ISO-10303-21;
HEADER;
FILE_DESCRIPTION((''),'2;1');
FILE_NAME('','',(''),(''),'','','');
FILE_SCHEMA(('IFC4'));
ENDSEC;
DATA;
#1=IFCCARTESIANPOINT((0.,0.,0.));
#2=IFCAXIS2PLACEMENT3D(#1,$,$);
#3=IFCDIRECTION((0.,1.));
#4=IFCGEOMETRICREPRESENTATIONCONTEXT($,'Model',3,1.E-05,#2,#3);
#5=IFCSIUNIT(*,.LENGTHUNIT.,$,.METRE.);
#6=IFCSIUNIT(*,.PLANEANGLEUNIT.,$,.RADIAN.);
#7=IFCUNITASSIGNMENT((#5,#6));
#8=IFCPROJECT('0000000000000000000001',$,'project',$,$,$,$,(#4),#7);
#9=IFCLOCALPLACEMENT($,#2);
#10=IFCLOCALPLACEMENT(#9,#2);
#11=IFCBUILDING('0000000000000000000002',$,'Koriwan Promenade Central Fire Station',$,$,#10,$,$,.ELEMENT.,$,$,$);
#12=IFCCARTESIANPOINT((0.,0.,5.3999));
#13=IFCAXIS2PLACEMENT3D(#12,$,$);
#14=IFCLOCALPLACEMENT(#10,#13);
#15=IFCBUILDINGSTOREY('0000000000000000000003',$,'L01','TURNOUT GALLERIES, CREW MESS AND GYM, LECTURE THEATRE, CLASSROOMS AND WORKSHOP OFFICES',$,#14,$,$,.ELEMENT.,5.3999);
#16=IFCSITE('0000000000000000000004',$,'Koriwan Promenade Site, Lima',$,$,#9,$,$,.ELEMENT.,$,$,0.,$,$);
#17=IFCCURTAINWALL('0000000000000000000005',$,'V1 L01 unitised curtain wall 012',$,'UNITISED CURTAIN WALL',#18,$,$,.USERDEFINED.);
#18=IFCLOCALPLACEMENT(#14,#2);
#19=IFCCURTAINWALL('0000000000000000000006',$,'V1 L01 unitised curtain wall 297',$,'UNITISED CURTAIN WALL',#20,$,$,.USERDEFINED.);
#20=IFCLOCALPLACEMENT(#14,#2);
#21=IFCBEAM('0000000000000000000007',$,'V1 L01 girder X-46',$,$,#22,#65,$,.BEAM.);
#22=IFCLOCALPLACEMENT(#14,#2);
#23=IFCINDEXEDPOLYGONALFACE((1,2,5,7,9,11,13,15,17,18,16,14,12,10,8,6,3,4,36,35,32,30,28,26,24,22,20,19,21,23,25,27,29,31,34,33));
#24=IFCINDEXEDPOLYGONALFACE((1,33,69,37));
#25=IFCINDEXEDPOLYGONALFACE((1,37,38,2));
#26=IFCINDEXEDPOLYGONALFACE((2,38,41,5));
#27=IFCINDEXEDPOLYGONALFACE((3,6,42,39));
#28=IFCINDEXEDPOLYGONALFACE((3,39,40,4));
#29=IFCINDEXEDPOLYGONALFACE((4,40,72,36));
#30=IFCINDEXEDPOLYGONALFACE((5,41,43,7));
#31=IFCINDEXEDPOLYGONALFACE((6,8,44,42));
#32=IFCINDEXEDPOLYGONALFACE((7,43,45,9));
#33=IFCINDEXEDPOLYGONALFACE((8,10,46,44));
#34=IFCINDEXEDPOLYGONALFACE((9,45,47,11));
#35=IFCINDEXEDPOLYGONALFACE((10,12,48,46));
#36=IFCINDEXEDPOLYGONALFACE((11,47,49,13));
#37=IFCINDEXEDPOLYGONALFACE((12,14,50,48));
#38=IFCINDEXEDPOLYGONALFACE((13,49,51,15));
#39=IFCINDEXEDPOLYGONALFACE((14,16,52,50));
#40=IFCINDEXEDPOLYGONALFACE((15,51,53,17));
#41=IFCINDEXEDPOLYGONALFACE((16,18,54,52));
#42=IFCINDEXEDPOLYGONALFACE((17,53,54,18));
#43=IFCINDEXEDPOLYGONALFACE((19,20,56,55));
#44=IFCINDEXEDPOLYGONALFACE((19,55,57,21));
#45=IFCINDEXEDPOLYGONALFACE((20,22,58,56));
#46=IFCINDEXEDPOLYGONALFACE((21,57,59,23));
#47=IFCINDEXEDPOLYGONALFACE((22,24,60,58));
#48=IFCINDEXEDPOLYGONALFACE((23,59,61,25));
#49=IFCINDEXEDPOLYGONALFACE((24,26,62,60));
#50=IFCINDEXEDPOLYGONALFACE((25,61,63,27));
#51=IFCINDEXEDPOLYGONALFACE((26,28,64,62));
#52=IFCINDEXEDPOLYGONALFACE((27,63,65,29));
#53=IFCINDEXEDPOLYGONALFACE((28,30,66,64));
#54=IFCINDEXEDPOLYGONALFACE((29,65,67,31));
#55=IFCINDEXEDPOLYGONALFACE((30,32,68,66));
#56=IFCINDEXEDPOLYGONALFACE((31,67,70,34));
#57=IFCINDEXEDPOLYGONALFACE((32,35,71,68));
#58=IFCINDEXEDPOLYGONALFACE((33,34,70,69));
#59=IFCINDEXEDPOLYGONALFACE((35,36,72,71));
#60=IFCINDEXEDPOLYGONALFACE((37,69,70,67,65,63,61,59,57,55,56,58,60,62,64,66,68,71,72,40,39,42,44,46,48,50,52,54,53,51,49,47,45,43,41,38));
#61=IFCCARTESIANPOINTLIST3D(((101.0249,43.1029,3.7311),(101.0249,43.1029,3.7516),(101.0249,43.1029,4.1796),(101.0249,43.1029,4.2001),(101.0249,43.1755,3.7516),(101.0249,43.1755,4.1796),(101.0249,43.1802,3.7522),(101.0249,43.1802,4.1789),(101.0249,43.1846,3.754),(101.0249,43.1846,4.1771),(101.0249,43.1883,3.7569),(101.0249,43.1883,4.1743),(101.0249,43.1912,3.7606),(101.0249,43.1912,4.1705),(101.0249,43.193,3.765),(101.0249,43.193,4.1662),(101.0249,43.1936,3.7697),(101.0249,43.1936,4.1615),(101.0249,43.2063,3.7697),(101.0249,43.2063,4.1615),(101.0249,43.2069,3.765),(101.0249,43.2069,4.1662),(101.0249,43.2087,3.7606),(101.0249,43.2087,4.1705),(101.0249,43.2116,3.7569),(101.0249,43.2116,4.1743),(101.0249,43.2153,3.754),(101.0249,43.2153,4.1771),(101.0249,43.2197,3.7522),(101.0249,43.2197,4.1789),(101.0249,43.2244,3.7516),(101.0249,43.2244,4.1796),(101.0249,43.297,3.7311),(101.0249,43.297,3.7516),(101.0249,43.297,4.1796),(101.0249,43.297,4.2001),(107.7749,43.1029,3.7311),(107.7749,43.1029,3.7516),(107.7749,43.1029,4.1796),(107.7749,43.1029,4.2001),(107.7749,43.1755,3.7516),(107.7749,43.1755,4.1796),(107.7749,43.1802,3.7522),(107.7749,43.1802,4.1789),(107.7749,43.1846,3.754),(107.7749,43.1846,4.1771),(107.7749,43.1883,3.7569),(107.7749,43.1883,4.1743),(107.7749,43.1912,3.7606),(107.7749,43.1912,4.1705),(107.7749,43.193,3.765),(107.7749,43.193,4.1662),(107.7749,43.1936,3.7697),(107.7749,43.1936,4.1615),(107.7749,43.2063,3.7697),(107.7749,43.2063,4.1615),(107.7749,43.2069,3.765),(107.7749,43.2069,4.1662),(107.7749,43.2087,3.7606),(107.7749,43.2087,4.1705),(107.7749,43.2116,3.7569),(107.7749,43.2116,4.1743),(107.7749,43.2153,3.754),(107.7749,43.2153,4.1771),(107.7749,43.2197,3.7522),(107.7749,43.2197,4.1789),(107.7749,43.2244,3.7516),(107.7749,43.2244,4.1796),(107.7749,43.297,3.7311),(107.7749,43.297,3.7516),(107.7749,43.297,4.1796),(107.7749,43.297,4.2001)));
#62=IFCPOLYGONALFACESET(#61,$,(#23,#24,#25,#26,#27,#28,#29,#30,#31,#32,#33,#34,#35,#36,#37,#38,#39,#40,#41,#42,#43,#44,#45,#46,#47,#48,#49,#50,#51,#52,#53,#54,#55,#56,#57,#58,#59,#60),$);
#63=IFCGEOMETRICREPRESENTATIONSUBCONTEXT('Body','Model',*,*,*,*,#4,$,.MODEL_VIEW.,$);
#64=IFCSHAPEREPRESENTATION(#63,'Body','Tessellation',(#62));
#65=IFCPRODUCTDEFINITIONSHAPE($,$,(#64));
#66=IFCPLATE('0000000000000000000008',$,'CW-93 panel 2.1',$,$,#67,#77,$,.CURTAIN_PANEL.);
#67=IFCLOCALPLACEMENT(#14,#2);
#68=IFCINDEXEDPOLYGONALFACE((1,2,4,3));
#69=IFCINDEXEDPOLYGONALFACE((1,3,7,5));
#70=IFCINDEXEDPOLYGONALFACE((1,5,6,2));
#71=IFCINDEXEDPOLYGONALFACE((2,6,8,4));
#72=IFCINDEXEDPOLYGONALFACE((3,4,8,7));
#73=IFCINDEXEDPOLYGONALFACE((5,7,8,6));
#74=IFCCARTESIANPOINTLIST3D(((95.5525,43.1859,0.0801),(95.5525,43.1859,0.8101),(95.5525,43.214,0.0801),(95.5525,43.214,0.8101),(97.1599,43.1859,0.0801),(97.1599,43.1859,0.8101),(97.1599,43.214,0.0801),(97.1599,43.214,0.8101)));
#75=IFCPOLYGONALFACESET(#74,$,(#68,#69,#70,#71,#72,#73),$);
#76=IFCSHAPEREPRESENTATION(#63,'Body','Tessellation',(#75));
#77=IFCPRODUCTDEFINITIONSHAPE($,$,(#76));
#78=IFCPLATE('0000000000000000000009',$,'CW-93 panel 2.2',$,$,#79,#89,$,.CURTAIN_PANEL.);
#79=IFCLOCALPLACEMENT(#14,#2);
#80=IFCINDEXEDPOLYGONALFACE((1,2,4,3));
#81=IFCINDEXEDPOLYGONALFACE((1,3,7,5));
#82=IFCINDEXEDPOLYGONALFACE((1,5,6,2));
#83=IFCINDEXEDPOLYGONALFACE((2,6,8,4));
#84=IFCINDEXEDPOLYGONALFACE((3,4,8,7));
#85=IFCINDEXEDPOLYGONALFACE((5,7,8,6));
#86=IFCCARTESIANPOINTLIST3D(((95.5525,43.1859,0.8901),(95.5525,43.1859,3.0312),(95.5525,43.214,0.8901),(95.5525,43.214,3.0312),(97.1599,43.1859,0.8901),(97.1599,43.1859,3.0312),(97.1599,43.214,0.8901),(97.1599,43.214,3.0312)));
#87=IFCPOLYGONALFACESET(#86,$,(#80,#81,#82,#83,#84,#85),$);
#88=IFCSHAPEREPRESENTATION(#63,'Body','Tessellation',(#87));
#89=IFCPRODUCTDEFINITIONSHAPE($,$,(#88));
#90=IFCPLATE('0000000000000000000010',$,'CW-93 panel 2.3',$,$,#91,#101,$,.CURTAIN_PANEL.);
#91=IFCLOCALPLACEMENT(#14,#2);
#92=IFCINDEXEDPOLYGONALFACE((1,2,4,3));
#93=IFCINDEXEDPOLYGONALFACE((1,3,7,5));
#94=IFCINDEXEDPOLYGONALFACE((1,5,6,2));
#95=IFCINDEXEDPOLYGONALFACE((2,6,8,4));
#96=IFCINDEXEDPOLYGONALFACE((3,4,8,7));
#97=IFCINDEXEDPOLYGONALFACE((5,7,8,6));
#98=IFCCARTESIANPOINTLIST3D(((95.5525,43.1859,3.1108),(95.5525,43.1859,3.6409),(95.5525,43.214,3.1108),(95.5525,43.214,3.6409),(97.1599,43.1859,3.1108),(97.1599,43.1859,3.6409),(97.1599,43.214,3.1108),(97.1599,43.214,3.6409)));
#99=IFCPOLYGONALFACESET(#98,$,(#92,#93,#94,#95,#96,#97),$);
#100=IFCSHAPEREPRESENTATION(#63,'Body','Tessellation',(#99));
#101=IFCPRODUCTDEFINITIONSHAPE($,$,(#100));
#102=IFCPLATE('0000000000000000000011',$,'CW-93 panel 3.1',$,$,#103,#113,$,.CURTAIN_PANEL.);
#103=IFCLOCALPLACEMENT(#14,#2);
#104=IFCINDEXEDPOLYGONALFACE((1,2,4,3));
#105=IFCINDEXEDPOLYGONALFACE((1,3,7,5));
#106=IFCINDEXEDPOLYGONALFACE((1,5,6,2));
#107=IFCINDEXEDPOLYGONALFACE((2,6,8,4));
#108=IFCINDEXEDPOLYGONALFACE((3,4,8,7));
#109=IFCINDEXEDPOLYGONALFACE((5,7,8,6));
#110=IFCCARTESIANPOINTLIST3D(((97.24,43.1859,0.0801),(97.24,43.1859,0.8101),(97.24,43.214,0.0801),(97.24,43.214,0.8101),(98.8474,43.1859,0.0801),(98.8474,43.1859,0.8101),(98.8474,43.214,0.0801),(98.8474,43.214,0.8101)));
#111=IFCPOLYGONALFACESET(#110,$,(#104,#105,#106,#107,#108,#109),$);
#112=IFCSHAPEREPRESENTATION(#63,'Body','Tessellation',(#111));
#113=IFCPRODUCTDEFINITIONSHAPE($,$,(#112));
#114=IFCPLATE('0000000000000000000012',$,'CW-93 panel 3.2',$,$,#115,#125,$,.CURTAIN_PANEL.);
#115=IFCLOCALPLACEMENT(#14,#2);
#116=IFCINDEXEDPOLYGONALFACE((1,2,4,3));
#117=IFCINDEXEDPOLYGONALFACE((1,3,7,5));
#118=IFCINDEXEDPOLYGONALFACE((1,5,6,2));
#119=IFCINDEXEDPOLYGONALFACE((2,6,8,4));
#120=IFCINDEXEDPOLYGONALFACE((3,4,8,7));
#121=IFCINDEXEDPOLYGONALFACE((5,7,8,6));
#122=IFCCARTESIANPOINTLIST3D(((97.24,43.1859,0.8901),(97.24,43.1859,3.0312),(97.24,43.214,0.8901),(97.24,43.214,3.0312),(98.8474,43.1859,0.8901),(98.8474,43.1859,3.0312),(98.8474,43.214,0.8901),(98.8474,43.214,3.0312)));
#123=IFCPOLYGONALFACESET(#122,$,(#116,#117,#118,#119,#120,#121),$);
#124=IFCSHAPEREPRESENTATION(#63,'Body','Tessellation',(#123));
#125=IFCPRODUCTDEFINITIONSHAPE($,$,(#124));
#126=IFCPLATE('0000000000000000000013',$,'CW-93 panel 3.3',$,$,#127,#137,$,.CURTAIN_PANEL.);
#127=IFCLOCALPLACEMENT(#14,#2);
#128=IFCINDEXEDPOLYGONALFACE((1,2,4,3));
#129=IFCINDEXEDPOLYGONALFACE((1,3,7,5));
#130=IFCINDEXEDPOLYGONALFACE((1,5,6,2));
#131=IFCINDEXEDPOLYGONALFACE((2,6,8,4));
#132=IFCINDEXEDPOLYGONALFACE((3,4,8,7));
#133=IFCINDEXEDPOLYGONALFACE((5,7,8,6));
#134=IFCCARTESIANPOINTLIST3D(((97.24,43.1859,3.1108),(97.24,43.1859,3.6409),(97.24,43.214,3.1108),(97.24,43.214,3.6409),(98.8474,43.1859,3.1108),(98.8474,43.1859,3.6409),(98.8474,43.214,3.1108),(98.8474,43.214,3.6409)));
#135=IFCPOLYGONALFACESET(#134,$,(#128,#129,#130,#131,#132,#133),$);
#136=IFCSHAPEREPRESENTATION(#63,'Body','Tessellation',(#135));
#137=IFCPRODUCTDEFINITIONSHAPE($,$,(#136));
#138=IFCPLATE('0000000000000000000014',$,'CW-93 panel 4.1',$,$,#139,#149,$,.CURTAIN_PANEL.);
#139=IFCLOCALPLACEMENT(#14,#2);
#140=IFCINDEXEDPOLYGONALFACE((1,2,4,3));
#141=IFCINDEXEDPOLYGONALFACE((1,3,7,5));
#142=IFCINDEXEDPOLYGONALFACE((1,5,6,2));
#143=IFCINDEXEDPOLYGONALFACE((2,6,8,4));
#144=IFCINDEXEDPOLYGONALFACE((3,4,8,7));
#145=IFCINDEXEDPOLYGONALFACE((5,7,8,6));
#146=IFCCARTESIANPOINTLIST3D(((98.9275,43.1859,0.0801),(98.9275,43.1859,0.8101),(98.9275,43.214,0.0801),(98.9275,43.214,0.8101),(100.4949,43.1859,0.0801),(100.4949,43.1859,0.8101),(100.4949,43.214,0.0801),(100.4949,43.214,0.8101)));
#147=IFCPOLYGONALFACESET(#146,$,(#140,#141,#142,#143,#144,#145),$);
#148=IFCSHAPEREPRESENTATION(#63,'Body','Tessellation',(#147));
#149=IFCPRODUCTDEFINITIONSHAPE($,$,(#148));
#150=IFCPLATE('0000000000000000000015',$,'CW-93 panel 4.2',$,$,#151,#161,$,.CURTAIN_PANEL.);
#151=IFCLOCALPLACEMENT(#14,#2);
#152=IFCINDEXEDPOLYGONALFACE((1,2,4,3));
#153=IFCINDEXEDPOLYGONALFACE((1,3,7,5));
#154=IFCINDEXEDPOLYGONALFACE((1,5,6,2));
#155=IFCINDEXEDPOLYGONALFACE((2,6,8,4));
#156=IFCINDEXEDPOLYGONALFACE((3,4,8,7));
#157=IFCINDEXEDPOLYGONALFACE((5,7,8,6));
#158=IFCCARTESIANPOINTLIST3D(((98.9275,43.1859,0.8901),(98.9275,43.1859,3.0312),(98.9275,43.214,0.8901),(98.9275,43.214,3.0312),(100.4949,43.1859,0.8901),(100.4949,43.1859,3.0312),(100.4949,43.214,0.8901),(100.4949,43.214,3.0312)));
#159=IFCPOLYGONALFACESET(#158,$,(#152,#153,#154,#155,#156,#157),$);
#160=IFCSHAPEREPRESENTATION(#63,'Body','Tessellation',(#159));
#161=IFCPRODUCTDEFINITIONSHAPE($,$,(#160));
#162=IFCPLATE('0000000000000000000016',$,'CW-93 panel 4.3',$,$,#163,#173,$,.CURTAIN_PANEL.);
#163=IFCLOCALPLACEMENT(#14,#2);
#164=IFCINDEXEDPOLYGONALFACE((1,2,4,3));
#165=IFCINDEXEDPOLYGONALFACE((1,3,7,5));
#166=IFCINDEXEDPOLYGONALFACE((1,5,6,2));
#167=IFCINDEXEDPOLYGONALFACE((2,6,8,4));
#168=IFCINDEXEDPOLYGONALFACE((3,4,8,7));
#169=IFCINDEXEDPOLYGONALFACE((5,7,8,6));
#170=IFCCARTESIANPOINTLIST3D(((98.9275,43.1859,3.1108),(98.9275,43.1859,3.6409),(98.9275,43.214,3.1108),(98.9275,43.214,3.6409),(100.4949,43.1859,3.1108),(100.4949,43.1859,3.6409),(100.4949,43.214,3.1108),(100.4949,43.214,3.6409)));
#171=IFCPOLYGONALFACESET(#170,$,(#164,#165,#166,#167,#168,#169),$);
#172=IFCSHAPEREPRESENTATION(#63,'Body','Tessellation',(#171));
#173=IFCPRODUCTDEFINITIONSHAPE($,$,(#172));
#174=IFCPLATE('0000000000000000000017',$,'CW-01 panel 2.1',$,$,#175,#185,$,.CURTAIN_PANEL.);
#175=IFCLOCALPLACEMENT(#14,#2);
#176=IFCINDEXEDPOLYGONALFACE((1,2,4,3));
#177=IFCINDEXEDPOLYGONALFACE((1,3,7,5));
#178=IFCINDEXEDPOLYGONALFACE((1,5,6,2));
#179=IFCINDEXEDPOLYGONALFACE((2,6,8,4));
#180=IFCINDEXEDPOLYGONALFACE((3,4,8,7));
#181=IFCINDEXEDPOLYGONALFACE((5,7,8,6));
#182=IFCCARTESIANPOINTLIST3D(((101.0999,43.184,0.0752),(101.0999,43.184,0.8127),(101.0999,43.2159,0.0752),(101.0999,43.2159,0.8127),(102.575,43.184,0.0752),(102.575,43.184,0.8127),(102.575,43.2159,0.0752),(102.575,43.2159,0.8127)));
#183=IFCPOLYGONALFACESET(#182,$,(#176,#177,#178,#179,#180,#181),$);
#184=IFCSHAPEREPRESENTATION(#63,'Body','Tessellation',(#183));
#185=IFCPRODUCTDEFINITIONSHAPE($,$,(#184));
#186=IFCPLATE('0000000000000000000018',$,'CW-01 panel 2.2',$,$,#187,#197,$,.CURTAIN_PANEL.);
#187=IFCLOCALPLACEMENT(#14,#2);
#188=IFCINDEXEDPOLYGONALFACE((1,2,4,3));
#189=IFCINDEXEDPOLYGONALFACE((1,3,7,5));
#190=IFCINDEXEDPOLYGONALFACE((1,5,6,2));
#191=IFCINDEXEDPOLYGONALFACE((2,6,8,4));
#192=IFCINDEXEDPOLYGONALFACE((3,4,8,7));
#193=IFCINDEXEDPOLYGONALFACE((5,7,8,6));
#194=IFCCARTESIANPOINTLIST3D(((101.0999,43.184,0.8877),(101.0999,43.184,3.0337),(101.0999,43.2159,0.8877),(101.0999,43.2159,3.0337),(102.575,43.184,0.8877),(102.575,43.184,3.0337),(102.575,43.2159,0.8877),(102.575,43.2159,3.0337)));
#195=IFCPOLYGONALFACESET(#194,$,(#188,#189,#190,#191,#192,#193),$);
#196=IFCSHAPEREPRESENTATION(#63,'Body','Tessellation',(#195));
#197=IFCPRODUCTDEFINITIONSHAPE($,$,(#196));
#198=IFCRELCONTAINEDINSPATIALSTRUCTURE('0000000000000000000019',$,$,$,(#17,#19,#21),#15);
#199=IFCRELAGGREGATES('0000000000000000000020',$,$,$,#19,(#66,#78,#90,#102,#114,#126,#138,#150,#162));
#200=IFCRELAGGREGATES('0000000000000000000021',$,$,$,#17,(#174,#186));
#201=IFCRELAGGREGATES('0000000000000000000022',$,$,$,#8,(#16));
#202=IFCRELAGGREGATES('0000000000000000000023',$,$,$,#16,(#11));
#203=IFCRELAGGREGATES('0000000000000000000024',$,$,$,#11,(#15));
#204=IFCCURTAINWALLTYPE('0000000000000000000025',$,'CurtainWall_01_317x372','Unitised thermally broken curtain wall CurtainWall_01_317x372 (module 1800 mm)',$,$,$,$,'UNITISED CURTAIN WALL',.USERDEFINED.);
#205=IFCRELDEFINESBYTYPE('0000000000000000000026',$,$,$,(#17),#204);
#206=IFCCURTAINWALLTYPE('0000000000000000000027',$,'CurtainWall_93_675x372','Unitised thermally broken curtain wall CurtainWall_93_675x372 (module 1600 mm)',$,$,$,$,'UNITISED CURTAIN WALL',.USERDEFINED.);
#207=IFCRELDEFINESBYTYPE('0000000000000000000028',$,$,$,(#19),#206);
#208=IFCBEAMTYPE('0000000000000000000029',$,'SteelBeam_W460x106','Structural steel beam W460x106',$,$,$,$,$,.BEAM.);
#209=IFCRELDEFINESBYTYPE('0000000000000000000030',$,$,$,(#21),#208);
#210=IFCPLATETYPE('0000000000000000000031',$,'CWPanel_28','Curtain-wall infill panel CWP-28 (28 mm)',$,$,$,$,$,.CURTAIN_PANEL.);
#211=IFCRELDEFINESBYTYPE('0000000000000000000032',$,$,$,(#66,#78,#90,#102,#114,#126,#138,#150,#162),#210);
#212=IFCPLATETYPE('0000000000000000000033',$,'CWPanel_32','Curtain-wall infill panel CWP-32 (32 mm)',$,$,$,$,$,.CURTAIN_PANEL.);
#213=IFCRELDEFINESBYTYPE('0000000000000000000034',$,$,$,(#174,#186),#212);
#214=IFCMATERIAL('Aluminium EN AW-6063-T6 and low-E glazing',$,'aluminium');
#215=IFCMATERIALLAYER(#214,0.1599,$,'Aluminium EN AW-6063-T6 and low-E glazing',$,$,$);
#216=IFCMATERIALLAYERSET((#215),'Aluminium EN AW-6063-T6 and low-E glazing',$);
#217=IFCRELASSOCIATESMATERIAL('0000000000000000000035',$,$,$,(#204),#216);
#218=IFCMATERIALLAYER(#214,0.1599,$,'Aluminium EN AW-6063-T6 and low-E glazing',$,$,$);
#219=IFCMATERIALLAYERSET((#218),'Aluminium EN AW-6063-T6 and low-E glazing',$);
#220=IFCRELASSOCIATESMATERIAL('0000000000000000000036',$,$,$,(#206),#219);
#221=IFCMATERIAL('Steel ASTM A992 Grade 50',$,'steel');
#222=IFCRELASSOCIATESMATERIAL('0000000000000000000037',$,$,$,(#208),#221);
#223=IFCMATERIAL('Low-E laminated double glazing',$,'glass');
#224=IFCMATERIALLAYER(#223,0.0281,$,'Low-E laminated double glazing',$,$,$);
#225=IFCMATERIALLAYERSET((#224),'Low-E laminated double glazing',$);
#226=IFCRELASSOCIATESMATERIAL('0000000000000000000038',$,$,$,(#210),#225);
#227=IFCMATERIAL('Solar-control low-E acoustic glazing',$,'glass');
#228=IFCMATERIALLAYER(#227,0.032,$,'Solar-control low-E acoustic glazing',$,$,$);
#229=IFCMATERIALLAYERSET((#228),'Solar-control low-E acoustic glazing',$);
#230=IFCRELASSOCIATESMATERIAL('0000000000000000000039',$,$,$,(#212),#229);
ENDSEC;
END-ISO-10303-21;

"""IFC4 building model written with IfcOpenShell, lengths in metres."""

from ifc_helpers import new_model, si_unit, direction, frame, origin, origin_2d, place, context, subcontext, project, spatial, rectangle, i_section, extrude, material, layer, layer_set, material_profile, profile_set, type_object, element, aggregate, save


model = new_model("IFC4")

# Units and contexts
model_context = context("Model", 3, precision=1e-05, world=origin(), true_north=direction((0.0, 1.0)))
body_context = subcontext(model_context, "Body", "Model", "MODEL_VIEW")
ifc_project = project(units=[si_unit("LENGTHUNIT", "METRE"), si_unit("PLANEANGLEUNIT", "RADIAN")], contexts=[model_context])

# Site, building, storey
site_placement = place(None, origin())
site = spatial("IfcSite", under=ifc_project, at=site_placement, Name="Koriwan Promenade Site, Lima", CompositionType="ELEMENT", RefElevation=0.0)
building_placement = place(site_placement, origin())
building = spatial("IfcBuilding", under=site, at=building_placement, Name="Koriwan Promenade Central Fire Station", CompositionType="ELEMENT")
storey_placement = place(building_placement, frame((0.0, 0.0, 5.3999)))
storey = spatial("IfcBuildingStorey", under=building, at=storey_placement, Name="L01", Description="TURNOUT GALLERIES, CREW MESS AND GYM, LECTURE THEATRE, CLASSROOMS AND WORKSHOP OFFICES", CompositionType="ELEMENT", Elevation=5.3999)

# Curtain walls
ifc_material_1 = material(Name="Aluminium EN AW-6063-T6 and low-E glazing", Category="aluminium")
ifc_layer_1 = layer(ifc_material_1, 0.1599, Name="Aluminium EN AW-6063-T6 and low-E glazing")
ifc_layer_set_1 = layer_set([ifc_layer_1], Name="Aluminium EN AW-6063-T6 and low-E glazing")
curtain_wall_type_1 = type_object("IfcCurtainWallType", Name="CurtainWall_01_317x372", Description="Unitised thermally broken curtain wall CurtainWall_01_317x372 (module 1800 mm)", ElementType="UNITISED CURTAIN WALL", PredefinedType="USERDEFINED", material=ifc_layer_set_1)
curtain_wall_1_placement = place(storey_placement, origin())
curtain_wall_1 = element("IfcCurtainWall", 1, at=curtain_wall_1_placement, inside=storey, type_object=curtain_wall_type_1, Name="V1 L01 unitised curtain wall 012", ObjectType="UNITISED CURTAIN WALL", PredefinedType="USERDEFINED")
ifc_layer_2 = layer(ifc_material_1, 0.1599, Name="Aluminium EN AW-6063-T6 and low-E glazing")
ifc_layer_set_2 = layer_set([ifc_layer_2], Name="Aluminium EN AW-6063-T6 and low-E glazing")
curtain_wall_type_2 = type_object("IfcCurtainWallType", Name="CurtainWall_93_675x372", Description="Unitised thermally broken curtain wall CurtainWall_93_675x372 (module 1600 mm)", ElementType="UNITISED CURTAIN WALL", PredefinedType="USERDEFINED", material=ifc_layer_set_2)
curtain_wall_2_placement = place(storey_placement, origin())
curtain_wall_2 = element("IfcCurtainWall", 2, at=curtain_wall_2_placement, inside=storey, type_object=curtain_wall_type_2, Name="V1 L01 unitised curtain wall 297", ObjectType="UNITISED CURTAIN WALL", PredefinedType="USERDEFINED")

# Shared definitions
ifc_material_2 = material(Name="Steel ASTM A992 Grade 50", Category="steel")

# Beam
ifc_material_profile_1 = material_profile(ifc_material_2, i_section(OverallWidth=0.1941, OverallDepth=0.469, WebThickness=0.0127, FlangeThickness=0.0205, FilletRadius=0.0181, at=origin_2d()), Name="W460x106")
ifc_profile_set_1 = profile_set([ifc_material_profile_1], Name="Steel ASTM A992 Grade 50")
beam_type = type_object("IfcBeamType", Name="SteelBeam_W460x106", Description="Structural steel beam W460x106", PredefinedType="BEAM", material=ifc_profile_set_1)
beam_placement = place(storey_placement, frame((101.0249, 43.2, 3.9656), z_axis=(1.0, 0.0, 0.0), x_axis=(0.0, 1.0, 0.0)))
element("IfcBeam", 3, at=beam_placement, inside=storey, type_object=beam_type, Name="V1 L01 girder X-46", PredefinedType="BEAM", context=body_context, shape_type="SweptSolid", body=[
    extrude(i_section(OverallWidth=0.1941, OverallDepth=0.469, WebThickness=0.0127, FlangeThickness=0.0205, FilletRadius=0.0181, at=origin_2d()), origin(), (0.0, 0.0, 1.0), 6.75),
])

# Plates
ifc_material_3 = material(Name="Low-E laminated double glazing", Category="glass")
ifc_layer_3 = layer(ifc_material_3, 0.0281, Name="Low-E laminated double glazing")
ifc_layer_set_3 = layer_set([ifc_layer_3], Name="Low-E laminated double glazing")
plate_type_1 = type_object("IfcPlateType", Name="CWPanel_28", Description="Curtain-wall infill panel CWP-28 (28 mm)", PredefinedType="CURTAIN_PANEL", material=ifc_layer_set_3)
plate_1_placement = place(storey_placement, frame((96.3562, 43.2, 0.0801), z_axis=(0.0, 0.0, 1.0), x_axis=(1.0, 0.0, 0.0)))
plate_1 = element("IfcPlate", 4, at=plate_1_placement, type_object=plate_type_1, Name="CW-93 panel 2.1", PredefinedType="CURTAIN_PANEL", context=body_context, shape_type="SweptSolid", body=[
    extrude(rectangle(XDim=1.6074, YDim=0.0281, at=origin_2d()), origin(), (0.0, 0.0, 1.0), 0.73),
])
plate_2_placement = place(storey_placement, frame((96.3562, 43.2, 0.8901), z_axis=(0.0, 0.0, 1.0), x_axis=(1.0, 0.0, 0.0)))
plate_2 = element("IfcPlate", 5, at=plate_2_placement, type_object=plate_type_1, Name="CW-93 panel 2.2", PredefinedType="CURTAIN_PANEL", context=body_context, shape_type="SweptSolid", body=[
    extrude(rectangle(XDim=1.6074, YDim=0.0281, at=origin_2d()), origin(), (0.0, 0.0, 1.0), 2.1411),
])
plate_3_placement = place(storey_placement, frame((96.3562, 43.2, 3.1108), z_axis=(0.0, 0.0, 1.0), x_axis=(1.0, 0.0, 0.0)))
plate_3 = element("IfcPlate", 6, at=plate_3_placement, type_object=plate_type_1, Name="CW-93 panel 2.3", PredefinedType="CURTAIN_PANEL", context=body_context, shape_type="SweptSolid", body=[
    extrude(rectangle(XDim=1.6074, YDim=0.0281, at=origin_2d()), origin(), (0.0, 0.0, 1.0), 0.53),
])
plate_4_placement = place(storey_placement, frame((98.0437, 43.2, 0.0801), z_axis=(0.0, 0.0, 1.0), x_axis=(1.0, 0.0, 0.0)))
plate_4 = element("IfcPlate", 7, at=plate_4_placement, type_object=plate_type_1, Name="CW-93 panel 3.1", PredefinedType="CURTAIN_PANEL", context=body_context, shape_type="SweptSolid", body=[
    extrude(rectangle(XDim=1.6074, YDim=0.0281, at=origin_2d()), origin(), (0.0, 0.0, 1.0), 0.73),
])
plate_5_placement = place(storey_placement, frame((98.0437, 43.2, 0.8901), z_axis=(0.0, 0.0, 1.0), x_axis=(1.0, 0.0, 0.0)))
plate_5 = element("IfcPlate", 8, at=plate_5_placement, type_object=plate_type_1, Name="CW-93 panel 3.2", PredefinedType="CURTAIN_PANEL", context=body_context, shape_type="SweptSolid", body=[
    extrude(rectangle(XDim=1.6074, YDim=0.0281, at=origin_2d()), origin(), (0.0, 0.0, 1.0), 2.1411),
])
plate_6_placement = place(storey_placement, frame((98.0437, 43.2, 3.1108), z_axis=(0.0, 0.0, 1.0), x_axis=(1.0, 0.0, 0.0)))
plate_6 = element("IfcPlate", 9, at=plate_6_placement, type_object=plate_type_1, Name="CW-93 panel 3.3", PredefinedType="CURTAIN_PANEL", context=body_context, shape_type="SweptSolid", body=[
    extrude(rectangle(XDim=1.6074, YDim=0.0281, at=origin_2d()), origin(), (0.0, 0.0, 1.0), 0.53),
])
plate_7_placement = place(storey_placement, frame((99.7112, 43.2, 0.0801), z_axis=(0.0, 0.0, 1.0), x_axis=(1.0, 0.0, 0.0)))
plate_7 = element("IfcPlate", 10, at=plate_7_placement, type_object=plate_type_1, Name="CW-93 panel 4.1", PredefinedType="CURTAIN_PANEL", context=body_context, shape_type="SweptSolid", body=[
    extrude(rectangle(XDim=1.5674, YDim=0.0281, at=origin_2d()), origin(), (0.0, 0.0, 1.0), 0.73),
])
plate_8_placement = place(storey_placement, frame((99.7112, 43.2, 0.8901), z_axis=(0.0, 0.0, 1.0), x_axis=(1.0, 0.0, 0.0)))
plate_8 = element("IfcPlate", 11, at=plate_8_placement, type_object=plate_type_1, Name="CW-93 panel 4.2", PredefinedType="CURTAIN_PANEL", context=body_context, shape_type="SweptSolid", body=[
    extrude(rectangle(XDim=1.5674, YDim=0.0281, at=origin_2d()), origin(), (0.0, 0.0, 1.0), 2.1411),
])
plate_9_placement = place(storey_placement, frame((99.7112, 43.2, 3.1108), z_axis=(0.0, 0.0, 1.0), x_axis=(1.0, 0.0, 0.0)))
plate_9 = element("IfcPlate", 12, at=plate_9_placement, type_object=plate_type_1, Name="CW-93 panel 4.3", PredefinedType="CURTAIN_PANEL", context=body_context, shape_type="SweptSolid", body=[
    extrude(rectangle(XDim=1.5674, YDim=0.0281, at=origin_2d()), origin(), (0.0, 0.0, 1.0), 0.53),
])
aggregate(curtain_wall_2, [plate_1, plate_2, plate_3, plate_4, plate_5, plate_6, plate_7, plate_8, plate_9])
ifc_material_4 = material(Name="Solar-control low-E acoustic glazing", Category="glass")
ifc_layer_4 = layer(ifc_material_4, 0.032, Name="Solar-control low-E acoustic glazing")
ifc_layer_set_4 = layer_set([ifc_layer_4], Name="Solar-control low-E acoustic glazing")
plate_type_2 = type_object("IfcPlateType", Name="CWPanel_32", Description="Curtain-wall infill panel CWP-32 (32 mm)", PredefinedType="CURTAIN_PANEL", material=ifc_layer_set_4)
plate_10_placement = place(storey_placement, frame((101.8374, 43.2, 0.0752), z_axis=(0.0, 0.0, 1.0), x_axis=(-1.0, 0.0, 0.0)))
plate_10 = element("IfcPlate", 13, at=plate_10_placement, type_object=plate_type_2, Name="CW-01 panel 2.1", PredefinedType="CURTAIN_PANEL", context=body_context, shape_type="SweptSolid", body=[
    extrude(rectangle(XDim=1.4751, YDim=0.032, at=origin_2d()), origin(), (0.0, 0.0, 1.0), 0.7375),
])
plate_11_placement = place(storey_placement, frame((101.8374, 43.2, 0.8877), z_axis=(0.0, 0.0, 1.0), x_axis=(-1.0, 0.0, 0.0)))
plate_11 = element("IfcPlate", 14, at=plate_11_placement, type_object=plate_type_2, Name="CW-01 panel 2.2", PredefinedType="CURTAIN_PANEL", context=body_context, shape_type="SweptSolid", body=[
    extrude(rectangle(XDim=1.4751, YDim=0.032, at=origin_2d()), origin(), (0.0, 0.0, 1.0), 2.146),
])
aggregate(curtain_wall_1, [plate_10, plate_11])

save(model, "model.ifc")
